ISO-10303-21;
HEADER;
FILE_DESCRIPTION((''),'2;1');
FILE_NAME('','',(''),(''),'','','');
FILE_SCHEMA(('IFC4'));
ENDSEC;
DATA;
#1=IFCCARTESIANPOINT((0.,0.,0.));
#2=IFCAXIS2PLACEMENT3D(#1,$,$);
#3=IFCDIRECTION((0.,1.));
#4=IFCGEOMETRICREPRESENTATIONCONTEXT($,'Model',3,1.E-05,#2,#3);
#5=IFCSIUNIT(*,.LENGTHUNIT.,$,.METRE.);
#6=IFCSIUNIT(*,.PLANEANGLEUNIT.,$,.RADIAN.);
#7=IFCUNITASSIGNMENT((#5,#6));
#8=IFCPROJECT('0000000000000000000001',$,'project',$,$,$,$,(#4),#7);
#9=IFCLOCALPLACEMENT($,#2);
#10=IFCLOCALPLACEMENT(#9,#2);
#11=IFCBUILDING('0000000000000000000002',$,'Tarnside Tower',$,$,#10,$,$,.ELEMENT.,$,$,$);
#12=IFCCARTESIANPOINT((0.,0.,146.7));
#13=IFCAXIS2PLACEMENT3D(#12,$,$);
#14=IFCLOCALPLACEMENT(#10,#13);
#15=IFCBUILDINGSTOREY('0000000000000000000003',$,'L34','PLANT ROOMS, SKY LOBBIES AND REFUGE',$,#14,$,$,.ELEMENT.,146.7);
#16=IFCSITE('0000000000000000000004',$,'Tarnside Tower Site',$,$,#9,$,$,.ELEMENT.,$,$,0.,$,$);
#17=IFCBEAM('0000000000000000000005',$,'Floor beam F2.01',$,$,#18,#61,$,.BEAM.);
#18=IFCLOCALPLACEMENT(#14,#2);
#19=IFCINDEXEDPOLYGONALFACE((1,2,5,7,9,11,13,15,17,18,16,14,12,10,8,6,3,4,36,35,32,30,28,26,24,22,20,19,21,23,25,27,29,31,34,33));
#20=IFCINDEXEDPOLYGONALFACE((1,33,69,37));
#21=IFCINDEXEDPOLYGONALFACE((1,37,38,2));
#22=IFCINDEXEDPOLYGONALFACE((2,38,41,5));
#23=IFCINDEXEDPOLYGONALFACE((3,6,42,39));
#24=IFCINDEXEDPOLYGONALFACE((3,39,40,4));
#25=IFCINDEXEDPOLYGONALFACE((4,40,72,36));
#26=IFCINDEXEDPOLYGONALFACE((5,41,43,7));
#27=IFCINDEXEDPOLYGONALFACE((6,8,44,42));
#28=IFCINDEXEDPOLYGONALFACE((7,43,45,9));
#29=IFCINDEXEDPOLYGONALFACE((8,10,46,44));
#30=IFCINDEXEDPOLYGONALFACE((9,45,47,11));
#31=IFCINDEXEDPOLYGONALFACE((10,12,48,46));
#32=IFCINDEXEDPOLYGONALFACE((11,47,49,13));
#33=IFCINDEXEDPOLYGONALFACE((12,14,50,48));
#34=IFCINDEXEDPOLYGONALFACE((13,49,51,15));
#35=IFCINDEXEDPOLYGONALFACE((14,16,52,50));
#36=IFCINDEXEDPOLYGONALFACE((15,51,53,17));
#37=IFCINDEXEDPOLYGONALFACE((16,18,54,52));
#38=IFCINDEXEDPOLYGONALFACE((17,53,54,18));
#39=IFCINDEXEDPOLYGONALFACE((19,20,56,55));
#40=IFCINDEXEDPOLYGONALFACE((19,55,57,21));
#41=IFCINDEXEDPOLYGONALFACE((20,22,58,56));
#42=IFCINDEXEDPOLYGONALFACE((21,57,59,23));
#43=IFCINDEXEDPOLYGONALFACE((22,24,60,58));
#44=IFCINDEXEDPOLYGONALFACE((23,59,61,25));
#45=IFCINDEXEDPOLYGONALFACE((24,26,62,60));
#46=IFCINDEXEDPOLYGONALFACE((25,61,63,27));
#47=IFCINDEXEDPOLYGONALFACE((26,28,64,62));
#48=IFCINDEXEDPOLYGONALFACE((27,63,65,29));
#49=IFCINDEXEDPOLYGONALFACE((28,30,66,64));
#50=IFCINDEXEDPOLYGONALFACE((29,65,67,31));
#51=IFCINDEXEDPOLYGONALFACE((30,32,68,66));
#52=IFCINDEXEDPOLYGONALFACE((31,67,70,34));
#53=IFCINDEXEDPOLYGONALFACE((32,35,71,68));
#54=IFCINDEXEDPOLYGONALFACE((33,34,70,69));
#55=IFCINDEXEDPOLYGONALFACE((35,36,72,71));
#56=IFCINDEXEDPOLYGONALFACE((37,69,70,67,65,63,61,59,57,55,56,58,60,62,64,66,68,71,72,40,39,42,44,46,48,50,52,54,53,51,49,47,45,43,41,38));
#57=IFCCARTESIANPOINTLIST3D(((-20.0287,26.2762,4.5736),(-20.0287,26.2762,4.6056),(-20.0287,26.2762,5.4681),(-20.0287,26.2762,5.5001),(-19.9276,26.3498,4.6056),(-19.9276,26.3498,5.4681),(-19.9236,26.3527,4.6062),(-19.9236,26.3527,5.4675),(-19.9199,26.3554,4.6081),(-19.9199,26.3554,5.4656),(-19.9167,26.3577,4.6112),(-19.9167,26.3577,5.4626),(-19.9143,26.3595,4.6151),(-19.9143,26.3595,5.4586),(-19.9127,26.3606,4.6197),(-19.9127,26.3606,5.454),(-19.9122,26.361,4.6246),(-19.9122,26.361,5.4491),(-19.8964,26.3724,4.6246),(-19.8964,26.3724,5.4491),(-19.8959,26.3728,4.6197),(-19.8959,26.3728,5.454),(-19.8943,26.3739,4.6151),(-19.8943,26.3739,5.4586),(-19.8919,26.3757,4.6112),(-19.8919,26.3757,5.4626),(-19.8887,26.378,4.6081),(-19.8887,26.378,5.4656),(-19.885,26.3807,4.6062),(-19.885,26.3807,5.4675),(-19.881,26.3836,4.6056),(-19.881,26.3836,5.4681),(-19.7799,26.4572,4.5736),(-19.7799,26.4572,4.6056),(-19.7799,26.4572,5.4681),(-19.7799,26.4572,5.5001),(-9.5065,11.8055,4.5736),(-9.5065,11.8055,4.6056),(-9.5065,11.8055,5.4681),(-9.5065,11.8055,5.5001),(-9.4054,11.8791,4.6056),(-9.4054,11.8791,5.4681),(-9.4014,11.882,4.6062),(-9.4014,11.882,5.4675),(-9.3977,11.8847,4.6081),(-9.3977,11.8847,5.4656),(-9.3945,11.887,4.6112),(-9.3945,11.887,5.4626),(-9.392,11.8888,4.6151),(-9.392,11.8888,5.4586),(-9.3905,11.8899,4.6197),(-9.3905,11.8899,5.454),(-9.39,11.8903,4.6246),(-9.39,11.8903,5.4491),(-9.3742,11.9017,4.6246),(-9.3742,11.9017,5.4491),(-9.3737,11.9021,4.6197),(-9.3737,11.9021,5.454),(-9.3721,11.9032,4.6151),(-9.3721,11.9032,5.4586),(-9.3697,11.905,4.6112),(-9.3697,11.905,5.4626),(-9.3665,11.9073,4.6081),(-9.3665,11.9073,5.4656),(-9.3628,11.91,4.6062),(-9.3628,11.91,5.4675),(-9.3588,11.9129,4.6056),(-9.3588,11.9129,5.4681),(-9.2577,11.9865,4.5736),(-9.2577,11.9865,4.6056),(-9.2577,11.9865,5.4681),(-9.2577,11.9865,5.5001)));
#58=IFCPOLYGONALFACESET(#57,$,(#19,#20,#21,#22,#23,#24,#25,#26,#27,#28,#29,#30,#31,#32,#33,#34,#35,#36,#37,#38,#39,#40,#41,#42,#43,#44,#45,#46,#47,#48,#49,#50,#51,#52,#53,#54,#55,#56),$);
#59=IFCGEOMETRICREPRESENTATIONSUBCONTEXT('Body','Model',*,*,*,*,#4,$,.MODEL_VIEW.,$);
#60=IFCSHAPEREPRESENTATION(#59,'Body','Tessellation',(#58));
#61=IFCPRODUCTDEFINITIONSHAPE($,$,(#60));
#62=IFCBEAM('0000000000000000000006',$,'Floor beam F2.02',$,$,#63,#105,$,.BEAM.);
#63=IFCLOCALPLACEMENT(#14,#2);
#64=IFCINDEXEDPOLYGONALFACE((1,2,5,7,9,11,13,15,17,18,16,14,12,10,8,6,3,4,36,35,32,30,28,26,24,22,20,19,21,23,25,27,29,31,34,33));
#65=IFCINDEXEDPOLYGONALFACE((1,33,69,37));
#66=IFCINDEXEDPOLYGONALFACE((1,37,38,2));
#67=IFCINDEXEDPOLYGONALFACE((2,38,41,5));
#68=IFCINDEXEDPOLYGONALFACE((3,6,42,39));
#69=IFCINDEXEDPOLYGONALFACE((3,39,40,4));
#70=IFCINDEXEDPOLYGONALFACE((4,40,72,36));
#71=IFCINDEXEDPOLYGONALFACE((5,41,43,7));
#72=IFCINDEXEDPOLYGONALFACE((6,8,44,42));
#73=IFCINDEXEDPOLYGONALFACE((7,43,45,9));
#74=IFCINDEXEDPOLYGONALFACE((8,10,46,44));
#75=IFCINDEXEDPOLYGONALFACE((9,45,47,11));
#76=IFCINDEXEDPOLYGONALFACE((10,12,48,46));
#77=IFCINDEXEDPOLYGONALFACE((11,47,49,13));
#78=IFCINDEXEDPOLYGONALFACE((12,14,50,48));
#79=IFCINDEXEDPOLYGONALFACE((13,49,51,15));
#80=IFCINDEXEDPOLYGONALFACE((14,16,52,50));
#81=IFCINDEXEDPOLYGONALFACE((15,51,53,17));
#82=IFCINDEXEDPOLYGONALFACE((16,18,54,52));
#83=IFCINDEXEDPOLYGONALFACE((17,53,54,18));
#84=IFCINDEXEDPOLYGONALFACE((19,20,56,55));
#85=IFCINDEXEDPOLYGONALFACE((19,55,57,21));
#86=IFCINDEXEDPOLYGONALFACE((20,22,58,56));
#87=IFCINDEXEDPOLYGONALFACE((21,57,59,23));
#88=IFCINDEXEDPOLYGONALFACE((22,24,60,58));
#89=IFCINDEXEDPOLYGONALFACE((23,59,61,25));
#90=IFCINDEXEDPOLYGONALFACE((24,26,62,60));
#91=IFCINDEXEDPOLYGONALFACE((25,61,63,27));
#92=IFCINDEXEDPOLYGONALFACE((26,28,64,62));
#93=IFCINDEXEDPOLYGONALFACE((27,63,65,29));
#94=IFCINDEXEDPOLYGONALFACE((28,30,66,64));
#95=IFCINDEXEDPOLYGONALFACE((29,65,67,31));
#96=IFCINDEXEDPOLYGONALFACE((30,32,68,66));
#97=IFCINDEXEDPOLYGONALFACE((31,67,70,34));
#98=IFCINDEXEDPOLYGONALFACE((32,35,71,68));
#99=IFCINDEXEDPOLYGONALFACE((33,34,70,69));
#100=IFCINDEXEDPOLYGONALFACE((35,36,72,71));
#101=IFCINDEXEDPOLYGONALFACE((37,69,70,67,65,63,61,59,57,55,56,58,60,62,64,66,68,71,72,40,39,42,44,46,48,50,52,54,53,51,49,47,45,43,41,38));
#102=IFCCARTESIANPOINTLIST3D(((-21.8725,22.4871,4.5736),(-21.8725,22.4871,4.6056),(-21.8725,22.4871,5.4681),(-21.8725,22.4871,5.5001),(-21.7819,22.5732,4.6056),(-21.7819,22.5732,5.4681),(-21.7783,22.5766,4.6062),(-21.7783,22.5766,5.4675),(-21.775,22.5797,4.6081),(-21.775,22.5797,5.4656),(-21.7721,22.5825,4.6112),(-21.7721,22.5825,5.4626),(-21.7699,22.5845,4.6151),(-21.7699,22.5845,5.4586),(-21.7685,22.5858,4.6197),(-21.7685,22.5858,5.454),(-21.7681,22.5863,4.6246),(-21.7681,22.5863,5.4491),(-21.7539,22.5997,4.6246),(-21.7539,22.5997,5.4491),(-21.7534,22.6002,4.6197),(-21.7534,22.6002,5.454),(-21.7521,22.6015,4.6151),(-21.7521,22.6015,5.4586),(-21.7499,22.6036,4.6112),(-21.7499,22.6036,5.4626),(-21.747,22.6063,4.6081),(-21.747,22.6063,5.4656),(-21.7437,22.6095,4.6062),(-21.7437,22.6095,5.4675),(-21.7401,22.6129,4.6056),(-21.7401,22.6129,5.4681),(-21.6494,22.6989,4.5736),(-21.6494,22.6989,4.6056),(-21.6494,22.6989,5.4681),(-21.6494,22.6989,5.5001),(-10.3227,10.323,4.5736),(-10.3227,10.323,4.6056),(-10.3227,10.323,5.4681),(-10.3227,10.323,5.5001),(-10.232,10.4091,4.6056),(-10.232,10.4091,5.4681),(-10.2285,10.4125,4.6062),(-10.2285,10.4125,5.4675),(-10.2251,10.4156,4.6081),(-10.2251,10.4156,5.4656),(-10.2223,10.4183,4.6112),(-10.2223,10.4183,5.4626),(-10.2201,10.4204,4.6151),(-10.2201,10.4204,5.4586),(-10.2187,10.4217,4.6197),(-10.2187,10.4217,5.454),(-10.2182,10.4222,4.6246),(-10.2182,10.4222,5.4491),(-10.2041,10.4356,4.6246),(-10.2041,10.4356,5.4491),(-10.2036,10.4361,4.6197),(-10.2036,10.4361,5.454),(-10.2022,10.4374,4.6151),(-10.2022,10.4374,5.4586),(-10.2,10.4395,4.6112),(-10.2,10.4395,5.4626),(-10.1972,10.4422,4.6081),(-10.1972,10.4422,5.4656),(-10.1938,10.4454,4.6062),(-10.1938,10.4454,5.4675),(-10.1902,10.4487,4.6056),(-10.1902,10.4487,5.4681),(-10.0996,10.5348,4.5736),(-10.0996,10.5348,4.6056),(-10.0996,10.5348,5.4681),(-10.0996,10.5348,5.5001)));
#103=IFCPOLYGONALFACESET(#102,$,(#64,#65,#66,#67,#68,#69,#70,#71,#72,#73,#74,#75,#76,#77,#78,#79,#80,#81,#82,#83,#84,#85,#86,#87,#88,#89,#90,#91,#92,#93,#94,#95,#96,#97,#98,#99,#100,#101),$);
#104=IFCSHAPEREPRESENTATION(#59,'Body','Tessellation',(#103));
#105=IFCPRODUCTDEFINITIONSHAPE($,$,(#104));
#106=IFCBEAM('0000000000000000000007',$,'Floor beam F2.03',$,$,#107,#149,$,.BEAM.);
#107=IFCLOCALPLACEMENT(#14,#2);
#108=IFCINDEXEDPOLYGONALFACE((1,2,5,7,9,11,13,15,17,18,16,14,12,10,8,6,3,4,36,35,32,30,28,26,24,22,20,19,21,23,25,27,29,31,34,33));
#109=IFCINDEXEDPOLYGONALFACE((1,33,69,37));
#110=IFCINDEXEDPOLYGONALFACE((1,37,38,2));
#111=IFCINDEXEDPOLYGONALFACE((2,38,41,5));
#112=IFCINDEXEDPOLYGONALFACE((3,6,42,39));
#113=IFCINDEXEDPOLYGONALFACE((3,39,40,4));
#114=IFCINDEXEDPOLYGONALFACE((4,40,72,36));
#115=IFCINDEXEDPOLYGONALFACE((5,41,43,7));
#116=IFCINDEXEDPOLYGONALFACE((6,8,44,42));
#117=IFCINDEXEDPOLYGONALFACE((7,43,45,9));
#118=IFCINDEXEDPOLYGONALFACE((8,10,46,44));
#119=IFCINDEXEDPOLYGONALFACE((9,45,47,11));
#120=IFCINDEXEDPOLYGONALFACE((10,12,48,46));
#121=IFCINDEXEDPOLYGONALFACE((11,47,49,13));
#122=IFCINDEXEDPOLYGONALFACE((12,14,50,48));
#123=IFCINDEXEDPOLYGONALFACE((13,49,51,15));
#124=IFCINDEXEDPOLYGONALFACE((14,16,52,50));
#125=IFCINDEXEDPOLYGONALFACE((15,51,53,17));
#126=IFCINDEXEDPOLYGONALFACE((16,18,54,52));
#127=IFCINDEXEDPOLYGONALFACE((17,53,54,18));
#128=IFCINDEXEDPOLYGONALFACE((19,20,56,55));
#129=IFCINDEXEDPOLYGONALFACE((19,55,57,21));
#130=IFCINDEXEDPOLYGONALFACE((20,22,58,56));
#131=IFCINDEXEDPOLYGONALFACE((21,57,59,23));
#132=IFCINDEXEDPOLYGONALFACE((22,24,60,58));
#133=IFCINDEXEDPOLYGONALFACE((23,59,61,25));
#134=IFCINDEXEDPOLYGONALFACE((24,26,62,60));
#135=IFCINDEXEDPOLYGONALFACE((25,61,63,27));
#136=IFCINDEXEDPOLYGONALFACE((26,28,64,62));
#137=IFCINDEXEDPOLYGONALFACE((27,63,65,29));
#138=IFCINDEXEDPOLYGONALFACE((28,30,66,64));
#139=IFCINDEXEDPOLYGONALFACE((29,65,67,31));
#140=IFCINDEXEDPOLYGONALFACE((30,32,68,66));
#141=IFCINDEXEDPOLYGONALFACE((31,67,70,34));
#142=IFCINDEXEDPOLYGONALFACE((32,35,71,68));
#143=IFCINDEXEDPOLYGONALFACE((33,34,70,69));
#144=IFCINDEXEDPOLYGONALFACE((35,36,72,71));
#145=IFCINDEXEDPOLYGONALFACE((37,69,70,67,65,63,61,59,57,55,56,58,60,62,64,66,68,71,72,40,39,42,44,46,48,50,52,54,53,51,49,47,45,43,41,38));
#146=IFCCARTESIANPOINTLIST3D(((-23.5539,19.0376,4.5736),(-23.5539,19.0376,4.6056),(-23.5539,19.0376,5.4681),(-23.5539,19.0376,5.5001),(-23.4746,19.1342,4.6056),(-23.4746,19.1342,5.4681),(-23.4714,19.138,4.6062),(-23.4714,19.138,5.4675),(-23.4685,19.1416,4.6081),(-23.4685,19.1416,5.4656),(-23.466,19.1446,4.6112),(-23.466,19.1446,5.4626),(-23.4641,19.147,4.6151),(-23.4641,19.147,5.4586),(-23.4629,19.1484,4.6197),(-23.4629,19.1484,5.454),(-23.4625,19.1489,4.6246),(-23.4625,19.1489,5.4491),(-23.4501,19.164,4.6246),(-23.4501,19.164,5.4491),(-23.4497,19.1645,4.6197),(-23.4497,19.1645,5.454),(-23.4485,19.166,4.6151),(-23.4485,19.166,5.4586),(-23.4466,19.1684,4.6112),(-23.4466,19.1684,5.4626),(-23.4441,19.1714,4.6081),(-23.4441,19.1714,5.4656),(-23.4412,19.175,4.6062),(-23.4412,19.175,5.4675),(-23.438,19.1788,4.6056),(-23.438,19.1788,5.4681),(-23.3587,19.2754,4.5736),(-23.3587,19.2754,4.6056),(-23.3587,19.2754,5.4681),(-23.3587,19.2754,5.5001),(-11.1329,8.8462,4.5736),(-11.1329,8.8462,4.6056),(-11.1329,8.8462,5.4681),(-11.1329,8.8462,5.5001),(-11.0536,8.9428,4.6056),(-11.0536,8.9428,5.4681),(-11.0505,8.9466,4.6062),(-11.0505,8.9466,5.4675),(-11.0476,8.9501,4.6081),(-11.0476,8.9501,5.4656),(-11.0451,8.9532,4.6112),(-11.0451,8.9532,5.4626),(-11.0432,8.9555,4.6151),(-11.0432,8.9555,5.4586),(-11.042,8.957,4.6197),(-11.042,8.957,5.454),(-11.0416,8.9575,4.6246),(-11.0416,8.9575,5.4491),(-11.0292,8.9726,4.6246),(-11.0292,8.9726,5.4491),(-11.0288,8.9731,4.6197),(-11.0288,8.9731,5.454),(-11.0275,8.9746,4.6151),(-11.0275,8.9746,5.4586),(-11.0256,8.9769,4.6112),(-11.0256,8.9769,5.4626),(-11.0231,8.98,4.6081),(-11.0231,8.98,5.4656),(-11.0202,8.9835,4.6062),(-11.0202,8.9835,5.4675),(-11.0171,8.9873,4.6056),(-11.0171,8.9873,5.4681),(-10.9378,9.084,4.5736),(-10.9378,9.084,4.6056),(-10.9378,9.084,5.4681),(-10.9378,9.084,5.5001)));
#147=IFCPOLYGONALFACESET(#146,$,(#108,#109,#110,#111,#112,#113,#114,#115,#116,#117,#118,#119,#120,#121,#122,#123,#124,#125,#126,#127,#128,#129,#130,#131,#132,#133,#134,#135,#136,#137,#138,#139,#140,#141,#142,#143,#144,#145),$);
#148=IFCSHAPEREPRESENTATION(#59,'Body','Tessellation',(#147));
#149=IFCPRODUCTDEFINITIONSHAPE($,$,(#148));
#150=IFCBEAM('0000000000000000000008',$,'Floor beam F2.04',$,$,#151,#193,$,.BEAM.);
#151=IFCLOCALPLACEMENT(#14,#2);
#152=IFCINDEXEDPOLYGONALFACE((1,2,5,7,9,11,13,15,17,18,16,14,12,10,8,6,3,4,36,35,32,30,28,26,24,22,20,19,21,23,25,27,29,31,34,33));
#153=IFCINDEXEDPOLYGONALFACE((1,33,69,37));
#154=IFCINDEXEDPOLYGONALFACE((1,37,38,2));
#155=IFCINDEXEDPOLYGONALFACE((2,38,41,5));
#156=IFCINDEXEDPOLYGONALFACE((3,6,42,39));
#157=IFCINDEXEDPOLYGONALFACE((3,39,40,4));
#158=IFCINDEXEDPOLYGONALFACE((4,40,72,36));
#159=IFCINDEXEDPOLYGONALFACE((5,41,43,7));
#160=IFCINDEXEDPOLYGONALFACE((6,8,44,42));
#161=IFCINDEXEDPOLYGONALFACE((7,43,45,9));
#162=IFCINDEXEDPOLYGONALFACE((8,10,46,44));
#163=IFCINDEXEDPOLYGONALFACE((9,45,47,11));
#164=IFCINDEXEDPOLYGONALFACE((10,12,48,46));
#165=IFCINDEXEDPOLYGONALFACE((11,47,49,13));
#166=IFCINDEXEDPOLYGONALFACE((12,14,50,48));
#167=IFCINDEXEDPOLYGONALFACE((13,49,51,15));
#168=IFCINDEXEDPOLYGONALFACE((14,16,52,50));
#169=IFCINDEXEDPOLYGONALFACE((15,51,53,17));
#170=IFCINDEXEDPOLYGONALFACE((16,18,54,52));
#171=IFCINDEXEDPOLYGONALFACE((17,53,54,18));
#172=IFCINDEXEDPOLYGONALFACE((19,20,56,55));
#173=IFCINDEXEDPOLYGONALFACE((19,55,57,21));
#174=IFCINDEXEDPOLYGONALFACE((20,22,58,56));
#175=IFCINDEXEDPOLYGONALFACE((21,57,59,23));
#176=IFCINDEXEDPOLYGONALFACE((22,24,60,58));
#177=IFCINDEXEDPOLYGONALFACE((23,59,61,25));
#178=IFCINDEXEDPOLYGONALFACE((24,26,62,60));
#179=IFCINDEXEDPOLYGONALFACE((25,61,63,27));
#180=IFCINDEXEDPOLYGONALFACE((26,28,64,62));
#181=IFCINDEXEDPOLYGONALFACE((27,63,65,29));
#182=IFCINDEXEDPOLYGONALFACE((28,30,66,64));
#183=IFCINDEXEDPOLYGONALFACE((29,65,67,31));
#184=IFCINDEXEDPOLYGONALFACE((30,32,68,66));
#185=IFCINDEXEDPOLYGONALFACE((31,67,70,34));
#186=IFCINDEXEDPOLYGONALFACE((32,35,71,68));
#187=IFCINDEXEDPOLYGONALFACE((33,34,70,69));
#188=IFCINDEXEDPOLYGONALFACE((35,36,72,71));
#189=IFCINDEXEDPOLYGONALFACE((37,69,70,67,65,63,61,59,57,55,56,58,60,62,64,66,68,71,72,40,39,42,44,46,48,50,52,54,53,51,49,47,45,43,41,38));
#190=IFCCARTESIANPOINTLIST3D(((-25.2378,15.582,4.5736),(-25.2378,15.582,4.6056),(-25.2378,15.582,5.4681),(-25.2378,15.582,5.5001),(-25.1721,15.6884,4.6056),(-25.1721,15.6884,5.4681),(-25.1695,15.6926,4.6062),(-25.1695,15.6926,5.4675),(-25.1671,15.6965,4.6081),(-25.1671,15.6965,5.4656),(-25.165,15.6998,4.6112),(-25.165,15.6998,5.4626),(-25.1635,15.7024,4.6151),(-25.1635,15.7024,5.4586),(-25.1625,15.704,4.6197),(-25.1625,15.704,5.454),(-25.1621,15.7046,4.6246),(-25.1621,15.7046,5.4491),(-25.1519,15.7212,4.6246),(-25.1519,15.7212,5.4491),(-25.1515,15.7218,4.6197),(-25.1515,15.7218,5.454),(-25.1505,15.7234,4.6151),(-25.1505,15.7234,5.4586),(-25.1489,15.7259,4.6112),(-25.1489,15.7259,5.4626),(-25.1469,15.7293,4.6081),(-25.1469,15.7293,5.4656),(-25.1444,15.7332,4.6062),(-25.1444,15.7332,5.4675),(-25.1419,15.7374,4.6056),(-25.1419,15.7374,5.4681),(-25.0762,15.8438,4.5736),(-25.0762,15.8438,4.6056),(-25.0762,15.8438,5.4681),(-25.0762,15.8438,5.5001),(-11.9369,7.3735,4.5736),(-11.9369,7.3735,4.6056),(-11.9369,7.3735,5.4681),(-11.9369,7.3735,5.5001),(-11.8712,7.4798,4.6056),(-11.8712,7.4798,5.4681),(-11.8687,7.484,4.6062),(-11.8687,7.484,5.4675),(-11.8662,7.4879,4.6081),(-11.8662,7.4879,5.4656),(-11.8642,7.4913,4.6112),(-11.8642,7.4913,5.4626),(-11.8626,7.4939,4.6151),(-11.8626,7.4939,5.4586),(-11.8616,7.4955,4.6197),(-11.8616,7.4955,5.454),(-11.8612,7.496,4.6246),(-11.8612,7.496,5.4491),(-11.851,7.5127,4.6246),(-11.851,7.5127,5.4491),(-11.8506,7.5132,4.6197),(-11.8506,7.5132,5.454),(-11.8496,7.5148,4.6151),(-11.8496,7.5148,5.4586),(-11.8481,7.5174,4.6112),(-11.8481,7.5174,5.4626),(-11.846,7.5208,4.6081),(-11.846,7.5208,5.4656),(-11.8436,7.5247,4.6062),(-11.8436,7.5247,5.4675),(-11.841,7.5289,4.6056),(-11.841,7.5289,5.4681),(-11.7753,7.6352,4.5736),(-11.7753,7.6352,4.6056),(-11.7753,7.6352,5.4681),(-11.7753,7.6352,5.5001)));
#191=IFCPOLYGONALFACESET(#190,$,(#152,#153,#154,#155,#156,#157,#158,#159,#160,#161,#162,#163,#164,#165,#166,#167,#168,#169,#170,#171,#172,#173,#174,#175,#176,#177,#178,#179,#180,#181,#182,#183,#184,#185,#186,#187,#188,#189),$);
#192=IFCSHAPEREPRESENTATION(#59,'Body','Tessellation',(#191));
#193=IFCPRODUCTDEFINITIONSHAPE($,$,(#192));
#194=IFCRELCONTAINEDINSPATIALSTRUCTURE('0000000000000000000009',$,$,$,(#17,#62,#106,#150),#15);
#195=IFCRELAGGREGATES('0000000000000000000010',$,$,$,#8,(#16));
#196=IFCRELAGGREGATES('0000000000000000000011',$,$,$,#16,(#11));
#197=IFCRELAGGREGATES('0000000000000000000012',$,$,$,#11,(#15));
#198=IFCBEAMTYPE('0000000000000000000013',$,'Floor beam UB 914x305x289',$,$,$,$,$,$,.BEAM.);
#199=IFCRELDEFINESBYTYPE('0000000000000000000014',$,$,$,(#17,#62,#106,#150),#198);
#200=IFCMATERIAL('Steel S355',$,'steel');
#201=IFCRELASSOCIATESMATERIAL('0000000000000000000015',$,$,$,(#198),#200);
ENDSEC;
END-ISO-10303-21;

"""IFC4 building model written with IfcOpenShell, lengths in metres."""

from ifc_helpers import new_model, si_unit, direction, frame, origin, origin_2d, place, context, subcontext, project, spatial, i_section, extrude, material, material_profile, profile_set, type_object, element, save


model = new_model("IFC4")

# Units and contexts
model_context = context("Model", 3, precision=1e-05, world=origin(), true_north=direction((0.0, 1.0)))
body_context = subcontext(model_context, "Body", "Model", "MODEL_VIEW")
ifc_project = project(units=[si_unit("LENGTHUNIT", "METRE"), si_unit("PLANEANGLEUNIT", "RADIAN")], contexts=[model_context])

# Site, building, storey
site_placement = place(None, origin())
site = spatial("IfcSite", under=ifc_project, at=site_placement, Name="Tarnside Tower Site", CompositionType="ELEMENT", RefElevation=0.0)
building_placement = place(site_placement, origin())
building = spatial("IfcBuilding", under=site, at=building_placement, Name="Tarnside Tower", CompositionType="ELEMENT")
storey_placement = place(building_placement, frame((0.0, 0.0, 146.7)))
storey = spatial("IfcBuildingStorey", under=building, at=storey_placement, Name="L34", Description="PLANT ROOMS, SKY LOBBIES AND REFUGE", CompositionType="ELEMENT", Elevation=146.7)

# Beams
ifc_material_1 = material(Name="Steel S355", Category="steel")
ifc_material_profile_1 = material_profile(ifc_material_1, i_section(OverallWidth=0.3076, OverallDepth=0.9265, WebThickness=0.0195, FlangeThickness=0.032, FilletRadius=0.019, at=origin_2d()), Name="UB 914x305x289")
ifc_profile_set_1 = profile_set([ifc_material_profile_1], Name="Steel S355")
beam_type = type_object("IfcBeamType", Name="Floor beam UB 914x305x289", PredefinedType="BEAM", material=ifc_profile_set_1)
beam_1_placement = place(storey_placement, frame((-19.9043, 26.3667, 5.0369), z_axis=(0.588101, -0.808787, 0.0), x_axis=(0.808787, 0.588101, 0.0)))
element("IfcBeam", 1, at=beam_1_placement, inside=storey, type_object=beam_type, Name="Floor beam F2.01", PredefinedType="BEAM", context=body_context, shape_type="SweptSolid", body=[
    extrude(i_section(OverallWidth=0.3076, OverallDepth=0.9265, WebThickness=0.0195, FlangeThickness=0.032, FilletRadius=0.019, at=origin_2d()), origin(), (0.0, 0.0, 1.0), 17.8918),
])
beam_2_placement = place(storey_placement, frame((-21.761, 22.593, 5.0369), z_axis=(0.68856, -0.72518, 0.0), x_axis=(0.72518, 0.68856, 0.0)))
element("IfcBeam", 2, at=beam_2_placement, inside=storey, type_object=beam_type, Name="Floor beam F2.02", PredefinedType="BEAM", context=body_context, shape_type="SweptSolid", body=[
    extrude(i_section(OverallWidth=0.3076, OverallDepth=0.9265, WebThickness=0.0195, FlangeThickness=0.032, FilletRadius=0.019, at=origin_2d()), origin(), (0.0, 0.0, 1.0), 16.7739),
])
beam_3_placement = place(storey_placement, frame((-23.4563, 19.1565, 5.0369), z_axis=(0.773076, -0.634313, 0.0), x_axis=(0.634313, 0.773076, 0.0)))
element("IfcBeam", 3, at=beam_3_placement, inside=storey, type_object=beam_type, Name="Floor beam F2.03", PredefinedType="BEAM", context=body_context, shape_type="SweptSolid", body=[
    extrude(i_section(OverallWidth=0.3076, OverallDepth=0.9265, WebThickness=0.0195, FlangeThickness=0.032, FilletRadius=0.019, at=origin_2d()), origin(), (0.0, 0.0, 1.0), 16.0669),
])
beam_4_placement = place(storey_placement, frame((-25.157, 15.7129, 5.0369), z_axis=(0.850989, -0.525183, 0.0), x_axis=(0.525183, 0.850989, 0.0)))
element("IfcBeam", 4, at=beam_4_placement, inside=storey, type_object=beam_type, Name="Floor beam F2.04", PredefinedType="BEAM", context=body_context, shape_type="SweptSolid", body=[
    extrude(i_section(OverallWidth=0.3076, OverallDepth=0.9265, WebThickness=0.0195, FlangeThickness=0.032, FilletRadius=0.019, at=origin_2d()), origin(), (0.0, 0.0, 1.0), 15.6299),
])

save(model, "model.ifc")
